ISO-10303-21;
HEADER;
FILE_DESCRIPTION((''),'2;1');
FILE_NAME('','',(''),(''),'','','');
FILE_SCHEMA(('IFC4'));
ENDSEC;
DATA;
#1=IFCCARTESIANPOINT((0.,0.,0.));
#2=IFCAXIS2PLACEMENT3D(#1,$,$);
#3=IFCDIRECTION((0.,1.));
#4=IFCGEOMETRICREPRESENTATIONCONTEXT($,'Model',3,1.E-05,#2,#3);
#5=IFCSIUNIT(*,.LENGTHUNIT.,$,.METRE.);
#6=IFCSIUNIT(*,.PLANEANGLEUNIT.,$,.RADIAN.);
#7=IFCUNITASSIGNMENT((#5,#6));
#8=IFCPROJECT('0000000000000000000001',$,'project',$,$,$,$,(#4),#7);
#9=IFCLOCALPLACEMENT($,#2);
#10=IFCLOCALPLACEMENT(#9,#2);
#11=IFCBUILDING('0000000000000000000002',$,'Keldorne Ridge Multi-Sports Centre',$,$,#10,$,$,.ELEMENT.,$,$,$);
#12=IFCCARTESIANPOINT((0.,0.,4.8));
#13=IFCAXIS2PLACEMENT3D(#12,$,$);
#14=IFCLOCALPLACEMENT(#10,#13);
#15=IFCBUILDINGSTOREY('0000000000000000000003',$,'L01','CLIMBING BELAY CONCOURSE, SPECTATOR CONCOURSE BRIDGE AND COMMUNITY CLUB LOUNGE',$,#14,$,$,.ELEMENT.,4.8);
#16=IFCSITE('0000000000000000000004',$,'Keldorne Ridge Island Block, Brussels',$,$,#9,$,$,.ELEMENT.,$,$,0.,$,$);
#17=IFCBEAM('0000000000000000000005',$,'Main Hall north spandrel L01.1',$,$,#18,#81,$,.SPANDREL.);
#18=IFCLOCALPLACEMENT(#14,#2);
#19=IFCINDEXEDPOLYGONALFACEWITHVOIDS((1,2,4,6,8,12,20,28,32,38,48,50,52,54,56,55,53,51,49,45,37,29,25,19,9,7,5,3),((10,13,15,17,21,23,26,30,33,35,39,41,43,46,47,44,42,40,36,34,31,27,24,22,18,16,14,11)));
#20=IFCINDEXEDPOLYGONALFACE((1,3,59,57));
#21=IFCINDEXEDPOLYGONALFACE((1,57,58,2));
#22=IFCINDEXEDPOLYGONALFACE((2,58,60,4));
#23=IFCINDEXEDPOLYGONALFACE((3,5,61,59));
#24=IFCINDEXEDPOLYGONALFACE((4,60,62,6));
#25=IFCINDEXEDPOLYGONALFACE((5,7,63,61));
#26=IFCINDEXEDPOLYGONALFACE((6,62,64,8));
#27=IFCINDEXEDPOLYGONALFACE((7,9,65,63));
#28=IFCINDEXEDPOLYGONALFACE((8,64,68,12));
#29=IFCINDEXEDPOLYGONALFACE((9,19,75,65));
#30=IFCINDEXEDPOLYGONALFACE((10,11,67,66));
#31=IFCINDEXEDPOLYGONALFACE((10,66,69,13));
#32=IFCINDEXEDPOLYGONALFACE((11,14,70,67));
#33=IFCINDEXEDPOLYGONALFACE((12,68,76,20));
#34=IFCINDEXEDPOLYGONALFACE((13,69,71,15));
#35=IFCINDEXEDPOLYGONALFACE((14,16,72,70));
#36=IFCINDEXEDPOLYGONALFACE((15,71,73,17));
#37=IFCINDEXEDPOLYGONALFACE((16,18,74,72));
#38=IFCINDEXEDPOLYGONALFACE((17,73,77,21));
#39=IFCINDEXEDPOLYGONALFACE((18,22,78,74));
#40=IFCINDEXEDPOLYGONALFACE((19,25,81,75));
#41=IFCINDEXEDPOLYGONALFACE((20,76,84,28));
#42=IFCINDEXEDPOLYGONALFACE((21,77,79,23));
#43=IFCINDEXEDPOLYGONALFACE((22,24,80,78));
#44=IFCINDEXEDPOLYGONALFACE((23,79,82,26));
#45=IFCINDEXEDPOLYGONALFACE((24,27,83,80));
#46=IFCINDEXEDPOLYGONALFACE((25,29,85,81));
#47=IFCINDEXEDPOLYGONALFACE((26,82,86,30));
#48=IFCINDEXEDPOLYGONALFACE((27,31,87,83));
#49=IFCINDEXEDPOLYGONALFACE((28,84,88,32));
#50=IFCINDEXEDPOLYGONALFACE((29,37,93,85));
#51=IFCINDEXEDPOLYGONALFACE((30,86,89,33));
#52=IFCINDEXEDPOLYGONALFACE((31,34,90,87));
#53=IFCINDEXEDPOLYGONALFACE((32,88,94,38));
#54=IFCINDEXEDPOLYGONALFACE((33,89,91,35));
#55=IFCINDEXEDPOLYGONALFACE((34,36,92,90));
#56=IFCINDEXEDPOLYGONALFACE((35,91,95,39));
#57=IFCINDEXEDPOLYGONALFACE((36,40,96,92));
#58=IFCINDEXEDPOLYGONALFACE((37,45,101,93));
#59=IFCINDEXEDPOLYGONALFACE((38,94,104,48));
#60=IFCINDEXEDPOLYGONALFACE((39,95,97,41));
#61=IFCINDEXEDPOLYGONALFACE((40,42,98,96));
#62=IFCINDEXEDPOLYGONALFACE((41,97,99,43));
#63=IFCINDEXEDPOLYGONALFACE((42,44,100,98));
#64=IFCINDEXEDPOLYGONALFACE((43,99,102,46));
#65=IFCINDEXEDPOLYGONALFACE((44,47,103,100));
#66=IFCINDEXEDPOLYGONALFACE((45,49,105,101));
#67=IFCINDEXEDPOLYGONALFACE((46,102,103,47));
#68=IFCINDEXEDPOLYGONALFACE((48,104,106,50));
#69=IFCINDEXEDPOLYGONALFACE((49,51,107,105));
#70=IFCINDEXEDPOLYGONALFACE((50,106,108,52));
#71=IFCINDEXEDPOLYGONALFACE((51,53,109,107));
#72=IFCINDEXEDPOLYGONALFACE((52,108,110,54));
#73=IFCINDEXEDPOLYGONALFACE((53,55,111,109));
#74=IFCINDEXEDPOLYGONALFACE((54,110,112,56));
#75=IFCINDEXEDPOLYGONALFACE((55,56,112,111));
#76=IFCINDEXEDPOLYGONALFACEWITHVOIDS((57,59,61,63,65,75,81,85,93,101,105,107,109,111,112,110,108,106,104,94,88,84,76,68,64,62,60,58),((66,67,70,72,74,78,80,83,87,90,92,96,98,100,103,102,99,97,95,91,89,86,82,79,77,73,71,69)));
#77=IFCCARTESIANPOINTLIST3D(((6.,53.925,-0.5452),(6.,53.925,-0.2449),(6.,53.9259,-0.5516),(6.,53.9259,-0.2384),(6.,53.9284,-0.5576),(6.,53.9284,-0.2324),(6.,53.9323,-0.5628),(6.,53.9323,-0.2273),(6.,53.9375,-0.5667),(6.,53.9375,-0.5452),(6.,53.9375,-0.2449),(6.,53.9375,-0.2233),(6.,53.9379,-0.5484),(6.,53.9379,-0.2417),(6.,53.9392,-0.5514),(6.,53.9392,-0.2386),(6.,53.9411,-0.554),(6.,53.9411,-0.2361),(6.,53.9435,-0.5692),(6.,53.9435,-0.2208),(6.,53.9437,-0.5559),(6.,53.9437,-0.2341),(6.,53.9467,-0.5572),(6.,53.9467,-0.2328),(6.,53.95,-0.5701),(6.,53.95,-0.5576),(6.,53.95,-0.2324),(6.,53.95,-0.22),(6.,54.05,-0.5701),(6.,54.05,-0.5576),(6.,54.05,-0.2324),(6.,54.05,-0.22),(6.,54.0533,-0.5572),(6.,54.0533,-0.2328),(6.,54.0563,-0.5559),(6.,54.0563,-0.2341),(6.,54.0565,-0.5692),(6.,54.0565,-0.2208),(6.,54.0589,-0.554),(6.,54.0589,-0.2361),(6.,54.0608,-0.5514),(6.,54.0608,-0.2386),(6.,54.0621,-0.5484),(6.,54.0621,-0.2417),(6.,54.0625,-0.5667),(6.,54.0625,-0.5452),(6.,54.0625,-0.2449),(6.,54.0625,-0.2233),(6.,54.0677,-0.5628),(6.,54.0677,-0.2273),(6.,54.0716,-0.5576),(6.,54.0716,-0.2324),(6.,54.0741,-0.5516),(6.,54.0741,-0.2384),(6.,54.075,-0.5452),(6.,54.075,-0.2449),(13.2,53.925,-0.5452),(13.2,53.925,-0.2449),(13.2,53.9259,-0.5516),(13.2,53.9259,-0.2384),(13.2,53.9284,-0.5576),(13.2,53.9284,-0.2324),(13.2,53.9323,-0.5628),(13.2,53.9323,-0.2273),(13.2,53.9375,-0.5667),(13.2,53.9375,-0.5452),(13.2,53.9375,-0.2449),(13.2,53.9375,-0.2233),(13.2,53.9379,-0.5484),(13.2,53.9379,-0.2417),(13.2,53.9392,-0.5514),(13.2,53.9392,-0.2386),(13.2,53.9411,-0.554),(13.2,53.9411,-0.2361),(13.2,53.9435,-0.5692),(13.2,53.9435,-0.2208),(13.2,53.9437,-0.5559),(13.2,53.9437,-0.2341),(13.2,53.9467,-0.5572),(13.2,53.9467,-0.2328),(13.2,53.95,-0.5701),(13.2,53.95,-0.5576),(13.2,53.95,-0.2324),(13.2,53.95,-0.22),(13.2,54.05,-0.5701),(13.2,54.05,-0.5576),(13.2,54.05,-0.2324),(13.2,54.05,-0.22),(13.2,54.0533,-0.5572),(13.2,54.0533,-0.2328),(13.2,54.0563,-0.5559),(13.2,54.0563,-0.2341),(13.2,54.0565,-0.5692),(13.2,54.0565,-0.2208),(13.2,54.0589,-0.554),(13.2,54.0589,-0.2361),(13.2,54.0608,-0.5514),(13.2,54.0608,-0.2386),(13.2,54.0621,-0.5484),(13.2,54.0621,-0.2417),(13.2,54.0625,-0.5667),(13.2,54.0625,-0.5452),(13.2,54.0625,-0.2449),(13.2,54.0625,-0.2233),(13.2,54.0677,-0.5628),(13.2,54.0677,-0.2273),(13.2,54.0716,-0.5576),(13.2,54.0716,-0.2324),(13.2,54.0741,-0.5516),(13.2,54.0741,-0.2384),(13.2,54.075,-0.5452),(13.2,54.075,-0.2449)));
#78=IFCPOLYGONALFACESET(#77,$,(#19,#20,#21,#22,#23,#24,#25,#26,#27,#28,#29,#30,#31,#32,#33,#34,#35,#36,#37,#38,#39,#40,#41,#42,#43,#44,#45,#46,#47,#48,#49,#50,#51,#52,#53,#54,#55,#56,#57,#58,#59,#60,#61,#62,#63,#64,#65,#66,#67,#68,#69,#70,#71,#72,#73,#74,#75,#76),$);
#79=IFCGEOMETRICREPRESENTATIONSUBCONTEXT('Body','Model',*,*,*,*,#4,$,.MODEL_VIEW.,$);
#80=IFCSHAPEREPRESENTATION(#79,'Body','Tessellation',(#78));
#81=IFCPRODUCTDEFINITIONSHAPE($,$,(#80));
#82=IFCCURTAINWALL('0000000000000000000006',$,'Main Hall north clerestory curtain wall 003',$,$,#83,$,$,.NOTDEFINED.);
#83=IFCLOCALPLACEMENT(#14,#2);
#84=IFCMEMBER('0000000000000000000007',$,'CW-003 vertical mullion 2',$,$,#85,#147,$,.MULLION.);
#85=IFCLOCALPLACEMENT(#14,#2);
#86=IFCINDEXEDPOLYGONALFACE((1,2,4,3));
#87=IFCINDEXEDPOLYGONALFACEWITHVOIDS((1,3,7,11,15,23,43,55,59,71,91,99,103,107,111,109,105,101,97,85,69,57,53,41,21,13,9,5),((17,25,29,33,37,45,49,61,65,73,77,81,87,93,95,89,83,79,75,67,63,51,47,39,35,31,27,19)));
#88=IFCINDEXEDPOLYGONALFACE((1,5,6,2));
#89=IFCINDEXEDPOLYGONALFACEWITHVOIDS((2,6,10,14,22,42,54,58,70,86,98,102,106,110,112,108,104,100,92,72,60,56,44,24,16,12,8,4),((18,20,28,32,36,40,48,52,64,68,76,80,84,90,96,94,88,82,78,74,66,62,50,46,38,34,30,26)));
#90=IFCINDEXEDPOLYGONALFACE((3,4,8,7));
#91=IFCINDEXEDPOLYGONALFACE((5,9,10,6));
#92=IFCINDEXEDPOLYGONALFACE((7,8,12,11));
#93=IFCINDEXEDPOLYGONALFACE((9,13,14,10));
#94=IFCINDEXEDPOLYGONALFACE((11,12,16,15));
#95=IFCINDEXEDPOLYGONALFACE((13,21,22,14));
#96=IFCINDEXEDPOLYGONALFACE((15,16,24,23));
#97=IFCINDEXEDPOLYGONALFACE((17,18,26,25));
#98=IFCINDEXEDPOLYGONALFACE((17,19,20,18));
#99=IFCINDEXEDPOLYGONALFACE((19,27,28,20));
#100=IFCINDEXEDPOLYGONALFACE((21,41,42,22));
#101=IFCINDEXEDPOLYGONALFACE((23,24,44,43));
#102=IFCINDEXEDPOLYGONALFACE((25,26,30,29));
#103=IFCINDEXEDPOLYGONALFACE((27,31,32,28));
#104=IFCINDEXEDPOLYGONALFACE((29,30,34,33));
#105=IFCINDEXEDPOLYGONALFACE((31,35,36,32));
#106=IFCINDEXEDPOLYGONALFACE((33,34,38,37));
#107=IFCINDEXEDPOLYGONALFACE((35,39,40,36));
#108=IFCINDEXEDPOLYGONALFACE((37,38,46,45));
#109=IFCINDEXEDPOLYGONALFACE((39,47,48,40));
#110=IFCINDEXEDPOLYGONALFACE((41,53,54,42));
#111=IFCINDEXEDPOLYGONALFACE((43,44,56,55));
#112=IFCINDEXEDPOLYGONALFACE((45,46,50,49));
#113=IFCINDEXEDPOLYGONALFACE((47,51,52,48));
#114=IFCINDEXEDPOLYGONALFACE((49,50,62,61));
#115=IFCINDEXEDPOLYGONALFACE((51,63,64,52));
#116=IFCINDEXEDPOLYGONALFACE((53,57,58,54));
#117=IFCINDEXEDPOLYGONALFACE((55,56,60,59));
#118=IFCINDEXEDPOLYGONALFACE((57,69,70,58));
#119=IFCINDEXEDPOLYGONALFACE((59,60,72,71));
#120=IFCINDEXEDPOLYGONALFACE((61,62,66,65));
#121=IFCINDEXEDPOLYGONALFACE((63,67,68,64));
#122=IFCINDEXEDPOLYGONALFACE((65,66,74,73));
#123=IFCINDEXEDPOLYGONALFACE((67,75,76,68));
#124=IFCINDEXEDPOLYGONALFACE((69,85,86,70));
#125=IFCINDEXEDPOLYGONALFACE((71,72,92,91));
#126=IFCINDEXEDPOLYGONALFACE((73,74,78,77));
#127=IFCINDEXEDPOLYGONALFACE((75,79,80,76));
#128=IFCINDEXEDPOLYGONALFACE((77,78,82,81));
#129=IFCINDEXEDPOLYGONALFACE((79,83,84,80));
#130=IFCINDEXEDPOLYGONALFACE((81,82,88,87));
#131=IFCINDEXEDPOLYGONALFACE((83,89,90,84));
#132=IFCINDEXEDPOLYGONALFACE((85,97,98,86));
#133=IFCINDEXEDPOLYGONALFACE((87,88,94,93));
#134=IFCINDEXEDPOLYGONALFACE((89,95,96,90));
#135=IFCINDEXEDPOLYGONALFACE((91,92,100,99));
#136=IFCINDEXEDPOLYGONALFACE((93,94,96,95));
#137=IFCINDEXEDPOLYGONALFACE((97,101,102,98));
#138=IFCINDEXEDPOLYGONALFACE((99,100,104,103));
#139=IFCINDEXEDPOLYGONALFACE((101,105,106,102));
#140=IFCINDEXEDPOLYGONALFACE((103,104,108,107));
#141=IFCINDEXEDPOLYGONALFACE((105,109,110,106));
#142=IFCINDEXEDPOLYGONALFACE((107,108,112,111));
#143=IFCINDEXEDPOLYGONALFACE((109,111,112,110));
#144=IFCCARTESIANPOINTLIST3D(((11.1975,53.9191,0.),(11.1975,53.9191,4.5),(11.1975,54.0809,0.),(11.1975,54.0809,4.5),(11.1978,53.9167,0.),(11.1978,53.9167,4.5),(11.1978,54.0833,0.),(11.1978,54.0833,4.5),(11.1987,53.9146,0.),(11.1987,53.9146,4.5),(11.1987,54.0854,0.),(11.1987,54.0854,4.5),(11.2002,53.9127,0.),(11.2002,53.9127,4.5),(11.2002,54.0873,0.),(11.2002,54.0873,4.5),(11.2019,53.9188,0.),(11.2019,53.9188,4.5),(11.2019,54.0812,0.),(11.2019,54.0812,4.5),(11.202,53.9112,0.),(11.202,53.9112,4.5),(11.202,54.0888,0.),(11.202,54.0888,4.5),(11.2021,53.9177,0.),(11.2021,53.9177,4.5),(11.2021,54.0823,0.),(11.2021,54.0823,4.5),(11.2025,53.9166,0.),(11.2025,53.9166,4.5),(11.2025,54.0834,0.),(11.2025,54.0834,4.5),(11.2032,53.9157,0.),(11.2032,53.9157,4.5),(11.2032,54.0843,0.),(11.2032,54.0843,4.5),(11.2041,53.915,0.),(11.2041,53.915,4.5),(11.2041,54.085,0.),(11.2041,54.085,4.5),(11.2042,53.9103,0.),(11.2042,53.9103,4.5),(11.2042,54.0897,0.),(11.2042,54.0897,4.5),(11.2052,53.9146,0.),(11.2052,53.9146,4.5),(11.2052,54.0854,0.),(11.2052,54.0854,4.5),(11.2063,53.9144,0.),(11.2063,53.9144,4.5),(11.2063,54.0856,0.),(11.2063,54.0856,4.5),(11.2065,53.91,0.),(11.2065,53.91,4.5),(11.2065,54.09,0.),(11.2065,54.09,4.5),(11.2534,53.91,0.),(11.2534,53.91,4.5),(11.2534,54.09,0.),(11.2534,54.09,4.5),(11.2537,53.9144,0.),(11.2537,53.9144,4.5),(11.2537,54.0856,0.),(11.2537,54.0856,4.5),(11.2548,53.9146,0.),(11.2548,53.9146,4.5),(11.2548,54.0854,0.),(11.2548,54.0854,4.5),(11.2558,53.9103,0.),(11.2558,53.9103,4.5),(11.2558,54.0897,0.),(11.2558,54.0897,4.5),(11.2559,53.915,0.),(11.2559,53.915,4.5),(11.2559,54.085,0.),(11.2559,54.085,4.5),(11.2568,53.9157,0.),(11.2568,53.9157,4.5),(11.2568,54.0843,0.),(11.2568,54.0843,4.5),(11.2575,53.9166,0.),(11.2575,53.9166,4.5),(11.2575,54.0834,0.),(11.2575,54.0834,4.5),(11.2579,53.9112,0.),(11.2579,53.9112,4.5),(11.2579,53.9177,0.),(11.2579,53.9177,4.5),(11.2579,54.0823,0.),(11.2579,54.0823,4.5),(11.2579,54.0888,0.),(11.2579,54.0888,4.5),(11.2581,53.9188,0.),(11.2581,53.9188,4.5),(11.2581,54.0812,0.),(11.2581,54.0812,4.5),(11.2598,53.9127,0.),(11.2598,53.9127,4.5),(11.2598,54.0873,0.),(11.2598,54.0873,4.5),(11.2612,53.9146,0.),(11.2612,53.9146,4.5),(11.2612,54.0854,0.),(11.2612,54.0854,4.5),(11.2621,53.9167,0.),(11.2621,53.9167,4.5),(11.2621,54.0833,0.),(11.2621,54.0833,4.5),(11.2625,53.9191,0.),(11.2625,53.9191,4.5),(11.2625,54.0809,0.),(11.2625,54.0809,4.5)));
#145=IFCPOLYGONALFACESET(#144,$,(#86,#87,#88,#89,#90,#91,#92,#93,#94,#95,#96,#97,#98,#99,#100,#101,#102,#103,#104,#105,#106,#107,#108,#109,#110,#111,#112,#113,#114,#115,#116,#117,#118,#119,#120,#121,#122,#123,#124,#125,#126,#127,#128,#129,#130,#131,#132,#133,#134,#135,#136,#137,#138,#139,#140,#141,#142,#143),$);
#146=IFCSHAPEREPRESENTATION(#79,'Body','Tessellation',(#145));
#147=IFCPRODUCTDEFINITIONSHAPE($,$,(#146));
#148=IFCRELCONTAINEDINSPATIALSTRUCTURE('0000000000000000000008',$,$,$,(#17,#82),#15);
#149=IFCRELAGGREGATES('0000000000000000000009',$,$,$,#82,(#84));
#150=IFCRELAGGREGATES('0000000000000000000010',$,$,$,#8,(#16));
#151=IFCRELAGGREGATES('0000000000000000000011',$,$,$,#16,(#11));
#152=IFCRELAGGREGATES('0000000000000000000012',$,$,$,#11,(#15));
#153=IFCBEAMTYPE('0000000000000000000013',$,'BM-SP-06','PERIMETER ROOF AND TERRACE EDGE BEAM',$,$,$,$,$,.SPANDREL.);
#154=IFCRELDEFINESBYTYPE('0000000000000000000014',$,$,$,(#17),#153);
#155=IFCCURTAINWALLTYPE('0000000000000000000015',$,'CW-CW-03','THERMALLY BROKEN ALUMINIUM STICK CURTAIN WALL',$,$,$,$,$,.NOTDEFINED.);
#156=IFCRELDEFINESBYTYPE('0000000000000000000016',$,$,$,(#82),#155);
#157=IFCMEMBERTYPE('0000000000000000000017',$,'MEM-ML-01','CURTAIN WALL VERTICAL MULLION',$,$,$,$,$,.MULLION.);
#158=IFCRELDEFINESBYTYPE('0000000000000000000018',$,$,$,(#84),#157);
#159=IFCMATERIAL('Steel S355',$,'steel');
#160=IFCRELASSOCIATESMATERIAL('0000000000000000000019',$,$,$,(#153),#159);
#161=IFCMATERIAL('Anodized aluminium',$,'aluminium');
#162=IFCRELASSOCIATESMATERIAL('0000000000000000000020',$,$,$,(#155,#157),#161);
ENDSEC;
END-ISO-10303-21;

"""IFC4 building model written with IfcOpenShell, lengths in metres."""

from ifc_helpers import new_model, si_unit, direction, frame, origin, origin_2d, place, context, subcontext, project, spatial, hollow_rectangle, extrude, material, material_profile, profile_set, type_object, element, aggregate, save


model = new_model("IFC4")

# Units and contexts
model_context = context("Model", 3, precision=1e-05, world=origin(), true_north=direction((0.0, 1.0)))
body_context = subcontext(model_context, "Body", "Model", "MODEL_VIEW")
ifc_project = project(units=[si_unit("LENGTHUNIT", "METRE"), si_unit("PLANEANGLEUNIT", "RADIAN")], contexts=[model_context])

# Site, building, storey
site_placement = place(None, origin())
site = spatial("IfcSite", under=ifc_project, at=site_placement, Name="Keldorne Ridge Island Block, Brussels", CompositionType="ELEMENT", RefElevation=0.0)
building_placement = place(site_placement, origin())
building = spatial("IfcBuilding", under=site, at=building_placement, Name="Keldorne Ridge Multi-Sports Centre", CompositionType="ELEMENT")
storey_placement = place(building_placement, frame((0.0, 0.0, 4.8)))
storey = spatial("IfcBuildingStorey", under=building, at=storey_placement, Name="L01", Description="CLIMBING BELAY CONCOURSE, SPECTATOR CONCOURSE BRIDGE AND COMMUNITY CLUB LOUNGE", CompositionType="ELEMENT", Elevation=4.8)

# Shared definitions
ifc_material_1 = material(Name="Steel S355", Category="steel")

# Beam
ifc_material_profile_1 = material_profile(ifc_material_1, hollow_rectangle(XDim=0.1499, YDim=0.3501, WallThickness=0.0125, InnerFilletRadius=0.0125, OuterFilletRadius=0.0249, at=origin_2d()), Name="RHS 350x150x12.5")
ifc_profile_set_1 = profile_set([ifc_material_profile_1], Name="Steel S355")
beam_type = type_object("IfcBeamType", Name="BM-SP-06", Description="PERIMETER ROOF AND TERRACE EDGE BEAM", PredefinedType="SPANDREL", material=ifc_profile_set_1)
beam_placement = place(storey_placement, frame((6.0, 54.0, -0.395), z_axis=(1.0, 0.0, 0.0), x_axis=(0.0, 1.0, 0.0)))
element("IfcBeam", 1, at=beam_placement, inside=storey, type_object=beam_type, Name="Main Hall north spandrel L01.1", PredefinedType="SPANDREL", context=body_context, shape_type="SweptSolid", body=[
    extrude(hollow_rectangle(XDim=0.1499, YDim=0.3501, WallThickness=0.0125, InnerFilletRadius=0.0125, OuterFilletRadius=0.0249, at=origin_2d()), origin(), (0.0, 0.0, 1.0), 7.2),
])

# Curtain wall, member
ifc_material_2 = material(Name="Anodized aluminium", Category="aluminium")
curtain_wall_type = type_object("IfcCurtainWallType", Name="CW-CW-03", Description="THERMALLY BROKEN ALUMINIUM STICK CURTAIN WALL", PredefinedType="NOTDEFINED", material=ifc_material_2)
curtain_wall_placement = place(storey_placement, origin())
curtain_wall = element("IfcCurtainWall", 2, at=curtain_wall_placement, inside=storey, type_object=curtain_wall_type, Name="Main Hall north clerestory curtain wall 003", PredefinedType="NOTDEFINED")
ifc_material_profile_2 = material_profile(ifc_material_2, hollow_rectangle(XDim=0.0649, YDim=0.1799, WallThickness=0.0044, InnerFilletRadius=0.0044, OuterFilletRadius=0.009, at=origin_2d()), Name="ALU MULLION 180x65x4.5")
ifc_profile_set_2 = profile_set([ifc_material_profile_2], Name="Anodized aluminium")
member_type_1 = type_object("IfcMemberType", Name="MEM-ML-01", Description="CURTAIN WALL VERTICAL MULLION", PredefinedType="MULLION", material=ifc_profile_set_2)
member_1_placement = place(storey_placement, frame((11.23, 54.0, 0.0), z_axis=(0.0, 0.0, 1.0), x_axis=(1.0, 0.0, 0.0)))
member_1 = element("IfcMember", 3, at=member_1_placement, type_object=member_type_1, Name="CW-003 vertical mullion 2", PredefinedType="MULLION", context=body_context, shape_type="SweptSolid", body=[
    extrude(hollow_rectangle(XDim=0.0649, YDim=0.1799, WallThickness=0.0044, InnerFilletRadius=0.0044, OuterFilletRadius=0.009, at=origin_2d()), origin(), (0.0, 0.0, 1.0), 4.5),
])
aggregate(curtain_wall, [member_1])

save(model, "model.ifc")
